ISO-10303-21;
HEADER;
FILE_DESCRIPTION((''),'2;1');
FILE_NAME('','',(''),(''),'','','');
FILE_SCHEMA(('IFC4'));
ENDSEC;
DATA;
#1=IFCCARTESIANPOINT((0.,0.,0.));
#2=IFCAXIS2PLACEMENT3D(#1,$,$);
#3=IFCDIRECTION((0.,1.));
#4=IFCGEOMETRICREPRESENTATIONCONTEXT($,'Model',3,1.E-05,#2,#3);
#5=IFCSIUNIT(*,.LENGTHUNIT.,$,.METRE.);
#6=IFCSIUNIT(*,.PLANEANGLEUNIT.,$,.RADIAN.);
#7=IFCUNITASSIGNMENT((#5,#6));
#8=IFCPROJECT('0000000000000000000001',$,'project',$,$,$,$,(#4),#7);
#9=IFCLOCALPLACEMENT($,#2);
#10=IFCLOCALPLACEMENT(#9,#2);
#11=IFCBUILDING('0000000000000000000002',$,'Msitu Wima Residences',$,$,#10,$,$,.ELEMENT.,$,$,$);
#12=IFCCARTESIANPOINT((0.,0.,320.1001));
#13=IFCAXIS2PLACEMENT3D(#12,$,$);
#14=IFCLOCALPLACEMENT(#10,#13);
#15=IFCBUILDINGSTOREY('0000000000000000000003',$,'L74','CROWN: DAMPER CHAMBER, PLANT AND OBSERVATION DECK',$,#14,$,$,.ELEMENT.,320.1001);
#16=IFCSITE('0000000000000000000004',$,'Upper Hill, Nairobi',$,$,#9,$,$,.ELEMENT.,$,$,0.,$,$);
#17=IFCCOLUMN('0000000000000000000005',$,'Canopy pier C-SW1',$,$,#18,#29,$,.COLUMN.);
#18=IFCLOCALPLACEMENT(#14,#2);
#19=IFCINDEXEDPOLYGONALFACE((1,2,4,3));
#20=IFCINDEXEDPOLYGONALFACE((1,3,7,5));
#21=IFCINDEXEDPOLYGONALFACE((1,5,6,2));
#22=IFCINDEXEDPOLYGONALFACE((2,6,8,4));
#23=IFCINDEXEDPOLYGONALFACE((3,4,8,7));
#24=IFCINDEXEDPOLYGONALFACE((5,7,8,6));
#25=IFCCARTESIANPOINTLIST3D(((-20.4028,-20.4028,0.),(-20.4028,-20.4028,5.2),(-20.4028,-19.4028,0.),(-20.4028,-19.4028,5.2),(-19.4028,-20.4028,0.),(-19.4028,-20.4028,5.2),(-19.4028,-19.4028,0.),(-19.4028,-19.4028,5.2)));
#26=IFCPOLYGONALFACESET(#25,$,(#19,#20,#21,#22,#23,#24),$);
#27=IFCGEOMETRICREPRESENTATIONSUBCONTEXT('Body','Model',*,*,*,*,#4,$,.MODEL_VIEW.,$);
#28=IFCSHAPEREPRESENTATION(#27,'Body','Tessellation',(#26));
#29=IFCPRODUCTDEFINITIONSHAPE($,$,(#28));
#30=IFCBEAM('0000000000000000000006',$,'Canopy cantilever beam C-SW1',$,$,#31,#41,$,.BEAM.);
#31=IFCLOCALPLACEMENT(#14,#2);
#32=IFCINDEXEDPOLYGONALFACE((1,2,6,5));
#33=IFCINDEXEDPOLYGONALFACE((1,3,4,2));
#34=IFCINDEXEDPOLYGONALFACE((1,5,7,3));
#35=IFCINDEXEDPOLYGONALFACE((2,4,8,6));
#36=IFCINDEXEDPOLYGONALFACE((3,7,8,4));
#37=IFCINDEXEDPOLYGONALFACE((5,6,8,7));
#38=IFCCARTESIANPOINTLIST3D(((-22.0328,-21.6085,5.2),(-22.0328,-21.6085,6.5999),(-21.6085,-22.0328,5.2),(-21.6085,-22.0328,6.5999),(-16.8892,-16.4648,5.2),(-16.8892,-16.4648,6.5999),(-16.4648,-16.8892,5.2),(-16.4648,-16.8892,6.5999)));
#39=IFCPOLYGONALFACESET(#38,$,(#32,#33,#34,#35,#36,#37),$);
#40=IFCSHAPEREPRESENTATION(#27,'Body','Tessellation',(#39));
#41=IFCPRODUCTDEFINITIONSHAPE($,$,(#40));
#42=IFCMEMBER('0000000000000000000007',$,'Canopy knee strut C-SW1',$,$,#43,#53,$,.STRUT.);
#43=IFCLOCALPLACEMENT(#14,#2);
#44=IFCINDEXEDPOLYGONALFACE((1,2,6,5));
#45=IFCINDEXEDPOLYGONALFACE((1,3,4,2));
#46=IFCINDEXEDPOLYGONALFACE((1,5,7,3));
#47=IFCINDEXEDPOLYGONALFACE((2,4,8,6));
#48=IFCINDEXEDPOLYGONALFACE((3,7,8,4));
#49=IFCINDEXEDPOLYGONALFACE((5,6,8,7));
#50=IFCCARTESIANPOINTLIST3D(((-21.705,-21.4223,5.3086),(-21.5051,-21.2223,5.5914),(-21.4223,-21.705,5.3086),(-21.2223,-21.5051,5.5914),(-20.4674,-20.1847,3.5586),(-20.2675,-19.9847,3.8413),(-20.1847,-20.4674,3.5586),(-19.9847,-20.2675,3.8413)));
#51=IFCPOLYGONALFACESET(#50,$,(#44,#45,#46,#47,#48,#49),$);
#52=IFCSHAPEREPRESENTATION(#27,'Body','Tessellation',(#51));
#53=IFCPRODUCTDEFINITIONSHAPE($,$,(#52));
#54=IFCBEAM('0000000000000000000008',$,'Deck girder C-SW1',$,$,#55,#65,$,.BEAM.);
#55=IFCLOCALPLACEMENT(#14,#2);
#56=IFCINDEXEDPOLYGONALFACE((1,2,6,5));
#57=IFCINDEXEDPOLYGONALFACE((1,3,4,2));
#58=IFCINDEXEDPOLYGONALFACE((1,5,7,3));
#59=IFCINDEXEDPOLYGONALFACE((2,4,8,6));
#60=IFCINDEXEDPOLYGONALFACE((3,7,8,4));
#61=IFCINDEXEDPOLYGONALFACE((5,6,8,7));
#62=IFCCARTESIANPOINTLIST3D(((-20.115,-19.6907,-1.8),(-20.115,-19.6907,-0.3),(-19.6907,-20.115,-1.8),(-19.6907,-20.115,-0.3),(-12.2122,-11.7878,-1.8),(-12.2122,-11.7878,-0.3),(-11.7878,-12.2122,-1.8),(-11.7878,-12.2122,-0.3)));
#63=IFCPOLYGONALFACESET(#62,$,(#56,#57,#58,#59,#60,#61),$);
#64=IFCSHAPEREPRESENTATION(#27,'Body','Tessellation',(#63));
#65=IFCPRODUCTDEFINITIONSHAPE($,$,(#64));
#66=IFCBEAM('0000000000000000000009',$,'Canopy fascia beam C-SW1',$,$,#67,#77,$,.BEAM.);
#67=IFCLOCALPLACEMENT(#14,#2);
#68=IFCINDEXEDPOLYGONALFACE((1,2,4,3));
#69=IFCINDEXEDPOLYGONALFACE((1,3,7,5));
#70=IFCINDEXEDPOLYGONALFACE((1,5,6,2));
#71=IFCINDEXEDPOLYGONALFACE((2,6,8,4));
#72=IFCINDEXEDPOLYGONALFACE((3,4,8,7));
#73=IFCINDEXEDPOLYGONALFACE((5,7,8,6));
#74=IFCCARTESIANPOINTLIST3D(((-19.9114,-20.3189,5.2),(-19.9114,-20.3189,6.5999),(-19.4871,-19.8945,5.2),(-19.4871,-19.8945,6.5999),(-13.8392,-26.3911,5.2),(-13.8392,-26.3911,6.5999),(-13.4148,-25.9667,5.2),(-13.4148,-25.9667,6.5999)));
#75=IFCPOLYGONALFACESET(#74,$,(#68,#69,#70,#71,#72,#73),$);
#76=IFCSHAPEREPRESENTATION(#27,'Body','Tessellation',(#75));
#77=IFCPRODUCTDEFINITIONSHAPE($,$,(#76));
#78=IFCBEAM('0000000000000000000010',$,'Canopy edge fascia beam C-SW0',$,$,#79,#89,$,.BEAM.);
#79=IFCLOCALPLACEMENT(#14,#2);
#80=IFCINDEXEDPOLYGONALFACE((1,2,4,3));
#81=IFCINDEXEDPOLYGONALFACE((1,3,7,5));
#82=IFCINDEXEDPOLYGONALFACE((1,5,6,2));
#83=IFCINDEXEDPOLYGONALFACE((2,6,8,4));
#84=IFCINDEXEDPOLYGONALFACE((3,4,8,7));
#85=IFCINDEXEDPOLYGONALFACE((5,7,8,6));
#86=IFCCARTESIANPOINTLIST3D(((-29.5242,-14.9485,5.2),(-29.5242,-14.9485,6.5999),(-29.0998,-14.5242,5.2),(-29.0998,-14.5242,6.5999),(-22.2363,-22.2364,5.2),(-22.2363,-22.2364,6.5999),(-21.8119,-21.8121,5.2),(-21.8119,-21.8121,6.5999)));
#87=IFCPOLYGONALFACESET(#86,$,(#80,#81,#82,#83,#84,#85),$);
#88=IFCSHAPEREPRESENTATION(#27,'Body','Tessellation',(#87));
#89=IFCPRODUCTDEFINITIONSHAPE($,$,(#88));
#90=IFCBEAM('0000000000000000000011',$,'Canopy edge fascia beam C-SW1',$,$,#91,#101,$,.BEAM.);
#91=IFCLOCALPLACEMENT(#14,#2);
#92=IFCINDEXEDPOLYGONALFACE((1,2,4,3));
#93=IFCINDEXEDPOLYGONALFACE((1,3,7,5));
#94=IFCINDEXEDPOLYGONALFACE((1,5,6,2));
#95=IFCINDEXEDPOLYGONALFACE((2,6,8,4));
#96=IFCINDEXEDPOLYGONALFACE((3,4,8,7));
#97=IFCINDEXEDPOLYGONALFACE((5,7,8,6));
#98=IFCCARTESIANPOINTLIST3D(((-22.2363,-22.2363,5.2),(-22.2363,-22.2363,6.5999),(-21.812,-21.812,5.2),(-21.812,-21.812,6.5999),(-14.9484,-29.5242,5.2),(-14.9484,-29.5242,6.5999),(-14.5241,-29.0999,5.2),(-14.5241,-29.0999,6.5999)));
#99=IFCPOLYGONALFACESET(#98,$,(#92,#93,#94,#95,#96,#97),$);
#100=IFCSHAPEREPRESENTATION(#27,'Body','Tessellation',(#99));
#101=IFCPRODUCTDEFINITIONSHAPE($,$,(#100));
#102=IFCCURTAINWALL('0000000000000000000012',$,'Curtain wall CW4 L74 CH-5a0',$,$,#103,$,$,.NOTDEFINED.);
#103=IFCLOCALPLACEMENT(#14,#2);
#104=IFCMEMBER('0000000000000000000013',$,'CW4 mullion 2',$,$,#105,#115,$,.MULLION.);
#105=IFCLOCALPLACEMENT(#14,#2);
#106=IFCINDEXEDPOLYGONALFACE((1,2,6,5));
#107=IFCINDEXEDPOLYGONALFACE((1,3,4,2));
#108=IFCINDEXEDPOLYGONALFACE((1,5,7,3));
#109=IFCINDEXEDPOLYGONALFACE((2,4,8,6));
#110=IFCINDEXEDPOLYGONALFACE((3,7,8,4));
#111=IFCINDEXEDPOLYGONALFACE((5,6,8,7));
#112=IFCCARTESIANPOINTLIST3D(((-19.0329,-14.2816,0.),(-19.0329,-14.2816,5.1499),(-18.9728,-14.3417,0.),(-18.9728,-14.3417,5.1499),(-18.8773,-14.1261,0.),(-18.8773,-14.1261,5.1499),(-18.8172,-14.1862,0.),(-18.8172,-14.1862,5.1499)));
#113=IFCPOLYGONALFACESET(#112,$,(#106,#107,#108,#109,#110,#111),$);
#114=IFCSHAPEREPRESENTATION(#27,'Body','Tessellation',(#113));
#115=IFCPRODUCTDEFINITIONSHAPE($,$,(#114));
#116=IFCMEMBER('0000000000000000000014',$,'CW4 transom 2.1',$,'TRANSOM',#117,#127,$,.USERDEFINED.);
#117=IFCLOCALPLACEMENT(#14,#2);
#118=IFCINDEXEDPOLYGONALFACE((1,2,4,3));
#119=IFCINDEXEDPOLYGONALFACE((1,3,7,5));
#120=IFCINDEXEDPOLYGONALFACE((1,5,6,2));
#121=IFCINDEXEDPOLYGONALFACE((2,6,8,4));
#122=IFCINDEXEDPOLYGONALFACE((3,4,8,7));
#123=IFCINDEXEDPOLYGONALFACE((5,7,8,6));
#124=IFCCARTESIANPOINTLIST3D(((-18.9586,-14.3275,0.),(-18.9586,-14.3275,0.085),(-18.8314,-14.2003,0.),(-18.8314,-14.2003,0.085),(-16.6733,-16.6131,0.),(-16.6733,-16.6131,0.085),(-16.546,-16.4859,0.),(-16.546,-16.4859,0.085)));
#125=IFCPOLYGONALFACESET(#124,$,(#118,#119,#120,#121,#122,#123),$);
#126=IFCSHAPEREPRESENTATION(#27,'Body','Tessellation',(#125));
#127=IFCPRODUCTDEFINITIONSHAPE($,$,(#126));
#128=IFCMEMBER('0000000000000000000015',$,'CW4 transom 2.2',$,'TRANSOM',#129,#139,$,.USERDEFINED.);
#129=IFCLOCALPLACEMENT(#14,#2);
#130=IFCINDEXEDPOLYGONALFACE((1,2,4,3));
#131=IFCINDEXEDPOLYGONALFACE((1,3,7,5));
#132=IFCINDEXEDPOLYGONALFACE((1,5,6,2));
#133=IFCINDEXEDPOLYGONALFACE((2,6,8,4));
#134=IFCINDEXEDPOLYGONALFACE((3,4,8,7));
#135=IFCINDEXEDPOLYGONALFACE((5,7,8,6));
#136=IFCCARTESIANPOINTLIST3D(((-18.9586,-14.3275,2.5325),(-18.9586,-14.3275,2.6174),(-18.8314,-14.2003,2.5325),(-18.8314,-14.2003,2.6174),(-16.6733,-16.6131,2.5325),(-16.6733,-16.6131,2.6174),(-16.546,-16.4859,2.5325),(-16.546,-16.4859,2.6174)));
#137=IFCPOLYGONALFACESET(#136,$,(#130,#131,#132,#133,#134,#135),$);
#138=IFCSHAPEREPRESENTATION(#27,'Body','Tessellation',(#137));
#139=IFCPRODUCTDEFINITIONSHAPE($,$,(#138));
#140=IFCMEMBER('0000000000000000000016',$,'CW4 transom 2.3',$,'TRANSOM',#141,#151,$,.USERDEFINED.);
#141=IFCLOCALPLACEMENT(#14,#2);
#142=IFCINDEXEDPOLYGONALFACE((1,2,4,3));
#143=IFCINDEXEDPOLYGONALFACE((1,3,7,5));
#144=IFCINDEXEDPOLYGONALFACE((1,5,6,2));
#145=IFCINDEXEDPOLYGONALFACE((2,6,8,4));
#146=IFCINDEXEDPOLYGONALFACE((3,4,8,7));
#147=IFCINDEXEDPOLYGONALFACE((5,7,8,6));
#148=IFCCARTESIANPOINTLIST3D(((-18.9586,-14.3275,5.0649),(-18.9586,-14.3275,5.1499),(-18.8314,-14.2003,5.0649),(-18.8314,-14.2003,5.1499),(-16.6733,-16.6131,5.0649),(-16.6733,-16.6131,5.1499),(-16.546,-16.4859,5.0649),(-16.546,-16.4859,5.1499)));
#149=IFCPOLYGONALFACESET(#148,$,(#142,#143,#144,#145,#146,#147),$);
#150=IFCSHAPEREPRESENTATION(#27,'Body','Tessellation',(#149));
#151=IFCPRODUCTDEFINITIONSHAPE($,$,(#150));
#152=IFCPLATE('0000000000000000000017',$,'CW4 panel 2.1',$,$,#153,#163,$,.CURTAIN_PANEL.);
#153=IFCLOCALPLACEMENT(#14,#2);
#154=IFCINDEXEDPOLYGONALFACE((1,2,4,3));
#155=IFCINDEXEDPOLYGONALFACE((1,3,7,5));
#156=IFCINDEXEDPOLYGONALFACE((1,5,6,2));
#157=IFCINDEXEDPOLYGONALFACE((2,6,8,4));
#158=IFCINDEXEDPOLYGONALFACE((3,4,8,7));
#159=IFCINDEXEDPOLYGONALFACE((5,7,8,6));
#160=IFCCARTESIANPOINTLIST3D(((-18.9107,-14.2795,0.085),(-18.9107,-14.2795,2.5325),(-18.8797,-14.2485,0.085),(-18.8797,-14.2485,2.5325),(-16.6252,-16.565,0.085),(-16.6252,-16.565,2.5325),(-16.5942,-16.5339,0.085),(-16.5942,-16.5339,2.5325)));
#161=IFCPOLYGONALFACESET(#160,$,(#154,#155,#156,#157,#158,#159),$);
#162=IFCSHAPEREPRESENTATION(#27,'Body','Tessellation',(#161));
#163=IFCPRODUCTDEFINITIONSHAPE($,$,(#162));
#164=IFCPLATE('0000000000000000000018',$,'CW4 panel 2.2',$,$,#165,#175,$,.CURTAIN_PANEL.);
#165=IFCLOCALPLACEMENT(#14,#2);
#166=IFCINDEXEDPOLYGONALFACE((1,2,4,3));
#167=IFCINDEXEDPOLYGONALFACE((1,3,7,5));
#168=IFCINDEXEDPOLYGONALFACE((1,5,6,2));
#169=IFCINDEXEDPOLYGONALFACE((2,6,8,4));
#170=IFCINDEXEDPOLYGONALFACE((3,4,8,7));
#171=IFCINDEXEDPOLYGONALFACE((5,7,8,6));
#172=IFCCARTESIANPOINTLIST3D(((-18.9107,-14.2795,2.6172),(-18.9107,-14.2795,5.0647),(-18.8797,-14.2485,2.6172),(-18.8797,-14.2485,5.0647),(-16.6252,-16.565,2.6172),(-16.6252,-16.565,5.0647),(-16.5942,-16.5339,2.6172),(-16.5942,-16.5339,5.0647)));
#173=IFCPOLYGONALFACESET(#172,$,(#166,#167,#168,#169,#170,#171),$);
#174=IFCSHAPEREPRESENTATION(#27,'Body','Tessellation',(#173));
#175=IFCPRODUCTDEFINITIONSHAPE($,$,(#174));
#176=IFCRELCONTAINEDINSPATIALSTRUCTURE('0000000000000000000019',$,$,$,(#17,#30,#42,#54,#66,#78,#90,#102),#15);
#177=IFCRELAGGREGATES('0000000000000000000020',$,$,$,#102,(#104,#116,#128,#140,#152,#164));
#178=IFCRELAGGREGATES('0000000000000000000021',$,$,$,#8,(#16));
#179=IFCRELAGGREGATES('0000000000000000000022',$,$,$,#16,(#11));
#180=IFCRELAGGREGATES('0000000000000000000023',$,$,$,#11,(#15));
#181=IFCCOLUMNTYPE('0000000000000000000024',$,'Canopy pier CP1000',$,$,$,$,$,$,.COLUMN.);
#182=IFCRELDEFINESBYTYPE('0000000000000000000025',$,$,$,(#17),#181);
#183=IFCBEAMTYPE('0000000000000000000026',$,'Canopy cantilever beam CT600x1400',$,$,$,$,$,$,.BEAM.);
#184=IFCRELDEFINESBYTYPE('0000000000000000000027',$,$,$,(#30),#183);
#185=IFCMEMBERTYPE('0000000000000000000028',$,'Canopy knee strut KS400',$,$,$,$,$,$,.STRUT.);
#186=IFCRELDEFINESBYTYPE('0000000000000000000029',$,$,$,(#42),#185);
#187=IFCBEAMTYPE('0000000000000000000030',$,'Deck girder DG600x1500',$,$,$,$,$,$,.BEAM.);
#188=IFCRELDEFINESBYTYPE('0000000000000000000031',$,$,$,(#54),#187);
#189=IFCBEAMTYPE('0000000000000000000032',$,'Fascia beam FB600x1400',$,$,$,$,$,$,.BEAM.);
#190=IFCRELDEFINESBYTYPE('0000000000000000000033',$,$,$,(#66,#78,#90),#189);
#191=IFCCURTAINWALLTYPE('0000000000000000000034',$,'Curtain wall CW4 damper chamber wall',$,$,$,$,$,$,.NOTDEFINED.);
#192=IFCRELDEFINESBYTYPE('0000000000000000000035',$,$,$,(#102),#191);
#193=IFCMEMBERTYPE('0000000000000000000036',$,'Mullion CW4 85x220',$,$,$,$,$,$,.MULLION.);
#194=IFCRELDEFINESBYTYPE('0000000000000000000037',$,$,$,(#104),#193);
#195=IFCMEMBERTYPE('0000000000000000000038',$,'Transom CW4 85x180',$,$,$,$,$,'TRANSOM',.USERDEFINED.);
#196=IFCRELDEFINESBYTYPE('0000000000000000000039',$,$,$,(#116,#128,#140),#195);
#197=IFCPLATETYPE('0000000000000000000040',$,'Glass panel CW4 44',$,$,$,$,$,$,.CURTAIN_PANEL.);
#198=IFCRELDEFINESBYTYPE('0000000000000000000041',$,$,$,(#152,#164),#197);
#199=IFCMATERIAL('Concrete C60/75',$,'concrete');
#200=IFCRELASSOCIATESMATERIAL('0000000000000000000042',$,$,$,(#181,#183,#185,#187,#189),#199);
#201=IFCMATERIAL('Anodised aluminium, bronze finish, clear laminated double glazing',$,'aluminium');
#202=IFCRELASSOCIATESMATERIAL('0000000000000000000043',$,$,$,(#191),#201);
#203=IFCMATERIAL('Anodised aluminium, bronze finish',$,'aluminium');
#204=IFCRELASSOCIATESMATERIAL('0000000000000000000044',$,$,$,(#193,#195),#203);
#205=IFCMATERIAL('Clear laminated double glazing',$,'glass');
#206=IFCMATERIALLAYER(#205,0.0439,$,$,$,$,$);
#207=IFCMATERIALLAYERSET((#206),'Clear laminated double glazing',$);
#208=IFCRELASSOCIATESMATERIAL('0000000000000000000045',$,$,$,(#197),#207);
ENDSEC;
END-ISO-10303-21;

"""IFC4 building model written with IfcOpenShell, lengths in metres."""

from ifc_helpers import new_model, si_unit, direction, frame, origin, origin_2d, place, context, subcontext, project, spatial, rectangle, extrude, material, layer, layer_set, material_profile, profile_set, type_object, element, aggregate, save


model = new_model("IFC4")

# Units and contexts
model_context = context("Model", 3, precision=1e-05, world=origin(), true_north=direction((0.0, 1.0)))
body_context = subcontext(model_context, "Body", "Model", "MODEL_VIEW")
ifc_project = project(units=[si_unit("LENGTHUNIT", "METRE"), si_unit("PLANEANGLEUNIT", "RADIAN")], contexts=[model_context])

# Site, building, storey
site_placement = place(None, origin())
site = spatial("IfcSite", under=ifc_project, at=site_placement, Name="Upper Hill, Nairobi", CompositionType="ELEMENT", RefElevation=0.0)
building_placement = place(site_placement, origin())
building = spatial("IfcBuilding", under=site, at=building_placement, Name="Msitu Wima Residences", CompositionType="ELEMENT")
storey_placement = place(building_placement, frame((0.0, 0.0, 320.1001)))
storey = spatial("IfcBuildingStorey", under=building, at=storey_placement, Name="L74", Description="CROWN: DAMPER CHAMBER, PLANT AND OBSERVATION DECK", CompositionType="ELEMENT", Elevation=320.1001)

# Column
ifc_material_1 = material(Name="Concrete C60/75", Category="concrete")
ifc_material_profile_1 = material_profile(ifc_material_1, rectangle(XDim=1.0, YDim=1.0, at=origin_2d()), Name="RC 1000x1000")
ifc_profile_set_1 = profile_set([ifc_material_profile_1], Name="Concrete C60/75")
column_type = type_object("IfcColumnType", Name="Canopy pier CP1000", PredefinedType="COLUMN", material=ifc_profile_set_1)
column_placement = place(storey_placement, frame((-19.9028, -19.9028, 0.0), z_axis=(0.0, 0.0, 1.0), x_axis=(1.0, 0.0, 0.0)))
element("IfcColumn", 1, at=column_placement, inside=storey, type_object=column_type, Name="Canopy pier C-SW1", PredefinedType="COLUMN", context=body_context, shape_type="SweptSolid", body=[
    extrude(rectangle(XDim=1.0, YDim=1.0, at=origin_2d()), origin(), (0.0, 0.0, 1.0), 5.2),
])

# Beam
ifc_material_profile_2 = material_profile(ifc_material_1, rectangle(XDim=0.6001, YDim=1.3999, at=origin_2d()), Name="RC 600x1400")
ifc_profile_set_2 = profile_set([ifc_material_profile_2], Name="Concrete C60/75")
beam_type_1 = type_object("IfcBeamType", Name="Canopy cantilever beam CT600x1400", PredefinedType="BEAM", material=ifc_profile_set_2)
beam_1_placement = place(storey_placement, frame((-16.677, -16.677, 5.8999), z_axis=(-0.707107, -0.707107, 0.0), x_axis=(0.707107, -0.707107, 0.0)))
element("IfcBeam", 2, at=beam_1_placement, inside=storey, type_object=beam_type_1, Name="Canopy cantilever beam C-SW1", PredefinedType="BEAM", context=body_context, shape_type="SweptSolid", body=[
    extrude(rectangle(XDim=0.6001, YDim=1.3999, at=origin_2d()), origin(), (0.0, 0.0, 1.0), 7.2742),
])

# Member
ifc_material_profile_3 = material_profile(ifc_material_1, rectangle(XDim=0.3999, YDim=0.3999, at=origin_2d()), Name="RC 400x400")
ifc_profile_set_3 = profile_set([ifc_material_profile_3], Name="Concrete C60/75")
member_type_1 = type_object("IfcMemberType", Name="Canopy knee strut KS400", PredefinedType="STRUT", material=ifc_profile_set_3)
member_1_placement = place(storey_placement, frame((-20.2261, -20.2261, 3.7), z_axis=(-0.500023, -0.500023, 0.707075), x_axis=(0.707107, -0.707107, 0.0)))
element("IfcMember", 3, at=member_1_placement, inside=storey, type_object=member_type_1, Name="Canopy knee strut C-SW1", PredefinedType="STRUT", context=body_context, shape_type="SweptSolid", body=[
    extrude(rectangle(XDim=0.3999, YDim=0.3999, at=origin_2d()), origin(), (0.0, 0.0, 1.0), 2.4751),
])

# Beams
ifc_material_profile_4 = material_profile(ifc_material_1, rectangle(XDim=0.6001, YDim=1.5, at=origin_2d()), Name="RC 600x1500")
ifc_profile_set_4 = profile_set([ifc_material_profile_4], Name="Concrete C60/75")
beam_type_2 = type_object("IfcBeamType", Name="Deck girder DG600x1500", PredefinedType="BEAM", material=ifc_profile_set_4)
beam_2_placement = place(storey_placement, frame((-19.9028, -19.9028, -1.05), z_axis=(0.707107, 0.707107, 0.0), x_axis=(-0.707107, 0.707107, 0.0)))
element("IfcBeam", 4, at=beam_2_placement, inside=storey, type_object=beam_type_2, Name="Deck girder C-SW1", PredefinedType="BEAM", context=body_context, shape_type="SweptSolid", body=[
    extrude(rectangle(XDim=0.6001, YDim=1.5, at=origin_2d()), origin(), (0.0, 0.0, 1.0), 11.1763),
])
ifc_material_profile_5 = material_profile(ifc_material_1, rectangle(XDim=0.6001, YDim=1.3999, at=origin_2d()), Name="RC 600x1400")
ifc_profile_set_5 = profile_set([ifc_material_profile_5], Name="Concrete C60/75")
beam_type_3 = type_object("IfcBeamType", Name="Fascia beam FB600x1400", PredefinedType="BEAM", material=ifc_profile_set_5)
beam_3_placement = place(storey_placement, frame((-19.6992, -20.1067, 5.8999), z_axis=(0.707107, -0.707107, 0.0), x_axis=(0.707107, 0.707107, 0.0)))
element("IfcBeam", 5, at=beam_3_placement, inside=storey, type_object=beam_type_3, Name="Canopy fascia beam C-SW1", PredefinedType="BEAM", context=body_context, shape_type="SweptSolid", body=[
    extrude(rectangle(XDim=0.6001, YDim=1.3999, at=origin_2d()), origin(), (0.0, 0.0, 1.0), 8.5874),
])
for number, where, z_axis, x_axis, name in (
    (6, (-29.312, -14.7363, 5.8999), (0.707107, -0.707107, 0.0), (0.707107, 0.707107, 0.0), "Canopy edge fascia beam C-SW0"),
    (7, (-22.0242, -22.0242, 5.8999), (0.707107, -0.707107, 0.0), (0.707107, 0.707107, 0.0), "Canopy edge fascia beam C-SW1"),
):
    element("IfcBeam", number, at=place(storey_placement, frame(where, z_axis=z_axis, x_axis=x_axis)), inside=storey, type_object=beam_type_3, Name=name, PredefinedType="BEAM", context=body_context, shape_type="SweptSolid", body=[
        extrude(rectangle(XDim=0.6001, YDim=1.3999, at=origin_2d()), origin(), (0.0, 0.0, 1.0), 10.3066),
    ])

# Curtain wall, members, plates
ifc_material_2 = material(Name="Anodised aluminium, bronze finish, clear laminated double glazing", Category="aluminium")
curtain_wall_type = type_object("IfcCurtainWallType", Name="Curtain wall CW4 damper chamber wall", PredefinedType="NOTDEFINED", material=ifc_material_2)
curtain_wall_placement = place(storey_placement, origin())
curtain_wall = element("IfcCurtainWall", 8, at=curtain_wall_placement, inside=storey, type_object=curtain_wall_type, Name="Curtain wall CW4 L74 CH-5a0", PredefinedType="NOTDEFINED")
ifc_material_3 = material(Name="Anodised aluminium, bronze finish", Category="aluminium")
ifc_material_profile_6 = material_profile(ifc_material_3, rectangle(XDim=0.22, YDim=0.085, at=origin_2d()), Name="Mullion 85x220")
ifc_profile_set_6 = profile_set([ifc_material_profile_6], Name="Anodised aluminium, bronze finish")
member_type_2 = type_object("IfcMemberType", Name="Mullion CW4 85x220", PredefinedType="MULLION", material=ifc_profile_set_6)
member_2_placement = place(storey_placement, frame((-18.925, -14.2339, 0.0), z_axis=(0.0, 0.0, 1.0), x_axis=(0.707107, 0.707107, 0.0)))
member_2 = element("IfcMember", 9, at=member_2_placement, type_object=member_type_2, Name="CW4 mullion 2", PredefinedType="MULLION", context=body_context, shape_type="SweptSolid", body=[
    extrude(rectangle(XDim=0.22, YDim=0.085, at=origin_2d()), origin(), (0.0, 0.0, 1.0), 5.1499),
])
ifc_material_profile_7 = material_profile(ifc_material_3, rectangle(XDim=0.1799, YDim=0.085, at=origin_2d()), Name="Transom 85x180")
ifc_profile_set_7 = profile_set([ifc_material_profile_7], Name="Anodised aluminium, bronze finish")
member_type_3 = type_object("IfcMemberType", Name="Transom CW4 85x180", ElementType="TRANSOM", PredefinedType="USERDEFINED", material=ifc_profile_set_7)
member_3_placement = place(storey_placement, frame((-18.895, -14.2639, 0.0425), z_axis=(0.707069, -0.707145, 0.0), x_axis=(0.707145, 0.707069, 0.0)))
member_3 = element("IfcMember", 10, at=member_3_placement, type_object=member_type_3, Name="CW4 transom 2.1", ObjectType="TRANSOM", PredefinedType="USERDEFINED", context=body_context, shape_type="SweptSolid", body=[
    extrude(rectangle(XDim=0.1799, YDim=0.085, at=origin_2d()), origin(), (0.0, 0.0, 1.0), 3.2322),
])
member_4_placement = place(storey_placement, frame((-18.895, -14.2639, 2.575), z_axis=(0.707069, -0.707145, 0.0), x_axis=(0.707145, 0.707069, 0.0)))
member_4 = element("IfcMember", 11, at=member_4_placement, type_object=member_type_3, Name="CW4 transom 2.2", ObjectType="TRANSOM", PredefinedType="USERDEFINED", context=body_context, shape_type="SweptSolid", body=[
    extrude(rectangle(XDim=0.1799, YDim=0.085, at=origin_2d()), origin(), (0.0, 0.0, 1.0), 3.2322),
])
member_5_placement = place(storey_placement, frame((-18.895, -14.2639, 5.1074), z_axis=(0.707069, -0.707145, 0.0), x_axis=(0.707145, 0.707069, 0.0)))
member_5 = element("IfcMember", 12, at=member_5_placement, type_object=member_type_3, Name="CW4 transom 2.3", ObjectType="TRANSOM", PredefinedType="USERDEFINED", context=body_context, shape_type="SweptSolid", body=[
    extrude(rectangle(XDim=0.1799, YDim=0.085, at=origin_2d()), origin(), (0.0, 0.0, 1.0), 3.2322),
])
ifc_material_4 = material(Name="Clear laminated double glazing", Category="glass")
ifc_layer_1 = layer(ifc_material_4, 0.0439)
ifc_layer_set_1 = layer_set([ifc_layer_1], Name="Clear laminated double glazing")
plate_type = type_object("IfcPlateType", Name="Glass panel CW4 44", PredefinedType="CURTAIN_PANEL", material=ifc_layer_set_1)
plate_1_placement = place(storey_placement, frame((-17.7524, -15.4067, 0.085), z_axis=(0.0, 0.0, 1.0), x_axis=(0.707107, -0.707107, 0.0)))
plate_1 = element("IfcPlate", 13, at=plate_1_placement, type_object=plate_type, Name="CW4 panel 2.1", PredefinedType="CURTAIN_PANEL", context=body_context, shape_type="SweptSolid", body=[
    extrude(rectangle(XDim=3.2322, YDim=0.0439, at=origin_2d()), origin(), (0.0, 0.0, 1.0), 2.4475),
])
plate_2_placement = place(storey_placement, frame((-17.7524, -15.4067, 2.6172), z_axis=(0.0, 0.0, 1.0), x_axis=(0.707107, -0.707107, 0.0)))
plate_2 = element("IfcPlate", 14, at=plate_2_placement, type_object=plate_type, Name="CW4 panel 2.2", PredefinedType="CURTAIN_PANEL", context=body_context, shape_type="SweptSolid", body=[
    extrude(rectangle(XDim=3.2322, YDim=0.0439, at=origin_2d()), origin(), (0.0, 0.0, 1.0), 2.4475),
])
aggregate(curtain_wall, [member_2, member_3, member_4, member_5, plate_1, plate_2])

save(model, "model.ifc")
